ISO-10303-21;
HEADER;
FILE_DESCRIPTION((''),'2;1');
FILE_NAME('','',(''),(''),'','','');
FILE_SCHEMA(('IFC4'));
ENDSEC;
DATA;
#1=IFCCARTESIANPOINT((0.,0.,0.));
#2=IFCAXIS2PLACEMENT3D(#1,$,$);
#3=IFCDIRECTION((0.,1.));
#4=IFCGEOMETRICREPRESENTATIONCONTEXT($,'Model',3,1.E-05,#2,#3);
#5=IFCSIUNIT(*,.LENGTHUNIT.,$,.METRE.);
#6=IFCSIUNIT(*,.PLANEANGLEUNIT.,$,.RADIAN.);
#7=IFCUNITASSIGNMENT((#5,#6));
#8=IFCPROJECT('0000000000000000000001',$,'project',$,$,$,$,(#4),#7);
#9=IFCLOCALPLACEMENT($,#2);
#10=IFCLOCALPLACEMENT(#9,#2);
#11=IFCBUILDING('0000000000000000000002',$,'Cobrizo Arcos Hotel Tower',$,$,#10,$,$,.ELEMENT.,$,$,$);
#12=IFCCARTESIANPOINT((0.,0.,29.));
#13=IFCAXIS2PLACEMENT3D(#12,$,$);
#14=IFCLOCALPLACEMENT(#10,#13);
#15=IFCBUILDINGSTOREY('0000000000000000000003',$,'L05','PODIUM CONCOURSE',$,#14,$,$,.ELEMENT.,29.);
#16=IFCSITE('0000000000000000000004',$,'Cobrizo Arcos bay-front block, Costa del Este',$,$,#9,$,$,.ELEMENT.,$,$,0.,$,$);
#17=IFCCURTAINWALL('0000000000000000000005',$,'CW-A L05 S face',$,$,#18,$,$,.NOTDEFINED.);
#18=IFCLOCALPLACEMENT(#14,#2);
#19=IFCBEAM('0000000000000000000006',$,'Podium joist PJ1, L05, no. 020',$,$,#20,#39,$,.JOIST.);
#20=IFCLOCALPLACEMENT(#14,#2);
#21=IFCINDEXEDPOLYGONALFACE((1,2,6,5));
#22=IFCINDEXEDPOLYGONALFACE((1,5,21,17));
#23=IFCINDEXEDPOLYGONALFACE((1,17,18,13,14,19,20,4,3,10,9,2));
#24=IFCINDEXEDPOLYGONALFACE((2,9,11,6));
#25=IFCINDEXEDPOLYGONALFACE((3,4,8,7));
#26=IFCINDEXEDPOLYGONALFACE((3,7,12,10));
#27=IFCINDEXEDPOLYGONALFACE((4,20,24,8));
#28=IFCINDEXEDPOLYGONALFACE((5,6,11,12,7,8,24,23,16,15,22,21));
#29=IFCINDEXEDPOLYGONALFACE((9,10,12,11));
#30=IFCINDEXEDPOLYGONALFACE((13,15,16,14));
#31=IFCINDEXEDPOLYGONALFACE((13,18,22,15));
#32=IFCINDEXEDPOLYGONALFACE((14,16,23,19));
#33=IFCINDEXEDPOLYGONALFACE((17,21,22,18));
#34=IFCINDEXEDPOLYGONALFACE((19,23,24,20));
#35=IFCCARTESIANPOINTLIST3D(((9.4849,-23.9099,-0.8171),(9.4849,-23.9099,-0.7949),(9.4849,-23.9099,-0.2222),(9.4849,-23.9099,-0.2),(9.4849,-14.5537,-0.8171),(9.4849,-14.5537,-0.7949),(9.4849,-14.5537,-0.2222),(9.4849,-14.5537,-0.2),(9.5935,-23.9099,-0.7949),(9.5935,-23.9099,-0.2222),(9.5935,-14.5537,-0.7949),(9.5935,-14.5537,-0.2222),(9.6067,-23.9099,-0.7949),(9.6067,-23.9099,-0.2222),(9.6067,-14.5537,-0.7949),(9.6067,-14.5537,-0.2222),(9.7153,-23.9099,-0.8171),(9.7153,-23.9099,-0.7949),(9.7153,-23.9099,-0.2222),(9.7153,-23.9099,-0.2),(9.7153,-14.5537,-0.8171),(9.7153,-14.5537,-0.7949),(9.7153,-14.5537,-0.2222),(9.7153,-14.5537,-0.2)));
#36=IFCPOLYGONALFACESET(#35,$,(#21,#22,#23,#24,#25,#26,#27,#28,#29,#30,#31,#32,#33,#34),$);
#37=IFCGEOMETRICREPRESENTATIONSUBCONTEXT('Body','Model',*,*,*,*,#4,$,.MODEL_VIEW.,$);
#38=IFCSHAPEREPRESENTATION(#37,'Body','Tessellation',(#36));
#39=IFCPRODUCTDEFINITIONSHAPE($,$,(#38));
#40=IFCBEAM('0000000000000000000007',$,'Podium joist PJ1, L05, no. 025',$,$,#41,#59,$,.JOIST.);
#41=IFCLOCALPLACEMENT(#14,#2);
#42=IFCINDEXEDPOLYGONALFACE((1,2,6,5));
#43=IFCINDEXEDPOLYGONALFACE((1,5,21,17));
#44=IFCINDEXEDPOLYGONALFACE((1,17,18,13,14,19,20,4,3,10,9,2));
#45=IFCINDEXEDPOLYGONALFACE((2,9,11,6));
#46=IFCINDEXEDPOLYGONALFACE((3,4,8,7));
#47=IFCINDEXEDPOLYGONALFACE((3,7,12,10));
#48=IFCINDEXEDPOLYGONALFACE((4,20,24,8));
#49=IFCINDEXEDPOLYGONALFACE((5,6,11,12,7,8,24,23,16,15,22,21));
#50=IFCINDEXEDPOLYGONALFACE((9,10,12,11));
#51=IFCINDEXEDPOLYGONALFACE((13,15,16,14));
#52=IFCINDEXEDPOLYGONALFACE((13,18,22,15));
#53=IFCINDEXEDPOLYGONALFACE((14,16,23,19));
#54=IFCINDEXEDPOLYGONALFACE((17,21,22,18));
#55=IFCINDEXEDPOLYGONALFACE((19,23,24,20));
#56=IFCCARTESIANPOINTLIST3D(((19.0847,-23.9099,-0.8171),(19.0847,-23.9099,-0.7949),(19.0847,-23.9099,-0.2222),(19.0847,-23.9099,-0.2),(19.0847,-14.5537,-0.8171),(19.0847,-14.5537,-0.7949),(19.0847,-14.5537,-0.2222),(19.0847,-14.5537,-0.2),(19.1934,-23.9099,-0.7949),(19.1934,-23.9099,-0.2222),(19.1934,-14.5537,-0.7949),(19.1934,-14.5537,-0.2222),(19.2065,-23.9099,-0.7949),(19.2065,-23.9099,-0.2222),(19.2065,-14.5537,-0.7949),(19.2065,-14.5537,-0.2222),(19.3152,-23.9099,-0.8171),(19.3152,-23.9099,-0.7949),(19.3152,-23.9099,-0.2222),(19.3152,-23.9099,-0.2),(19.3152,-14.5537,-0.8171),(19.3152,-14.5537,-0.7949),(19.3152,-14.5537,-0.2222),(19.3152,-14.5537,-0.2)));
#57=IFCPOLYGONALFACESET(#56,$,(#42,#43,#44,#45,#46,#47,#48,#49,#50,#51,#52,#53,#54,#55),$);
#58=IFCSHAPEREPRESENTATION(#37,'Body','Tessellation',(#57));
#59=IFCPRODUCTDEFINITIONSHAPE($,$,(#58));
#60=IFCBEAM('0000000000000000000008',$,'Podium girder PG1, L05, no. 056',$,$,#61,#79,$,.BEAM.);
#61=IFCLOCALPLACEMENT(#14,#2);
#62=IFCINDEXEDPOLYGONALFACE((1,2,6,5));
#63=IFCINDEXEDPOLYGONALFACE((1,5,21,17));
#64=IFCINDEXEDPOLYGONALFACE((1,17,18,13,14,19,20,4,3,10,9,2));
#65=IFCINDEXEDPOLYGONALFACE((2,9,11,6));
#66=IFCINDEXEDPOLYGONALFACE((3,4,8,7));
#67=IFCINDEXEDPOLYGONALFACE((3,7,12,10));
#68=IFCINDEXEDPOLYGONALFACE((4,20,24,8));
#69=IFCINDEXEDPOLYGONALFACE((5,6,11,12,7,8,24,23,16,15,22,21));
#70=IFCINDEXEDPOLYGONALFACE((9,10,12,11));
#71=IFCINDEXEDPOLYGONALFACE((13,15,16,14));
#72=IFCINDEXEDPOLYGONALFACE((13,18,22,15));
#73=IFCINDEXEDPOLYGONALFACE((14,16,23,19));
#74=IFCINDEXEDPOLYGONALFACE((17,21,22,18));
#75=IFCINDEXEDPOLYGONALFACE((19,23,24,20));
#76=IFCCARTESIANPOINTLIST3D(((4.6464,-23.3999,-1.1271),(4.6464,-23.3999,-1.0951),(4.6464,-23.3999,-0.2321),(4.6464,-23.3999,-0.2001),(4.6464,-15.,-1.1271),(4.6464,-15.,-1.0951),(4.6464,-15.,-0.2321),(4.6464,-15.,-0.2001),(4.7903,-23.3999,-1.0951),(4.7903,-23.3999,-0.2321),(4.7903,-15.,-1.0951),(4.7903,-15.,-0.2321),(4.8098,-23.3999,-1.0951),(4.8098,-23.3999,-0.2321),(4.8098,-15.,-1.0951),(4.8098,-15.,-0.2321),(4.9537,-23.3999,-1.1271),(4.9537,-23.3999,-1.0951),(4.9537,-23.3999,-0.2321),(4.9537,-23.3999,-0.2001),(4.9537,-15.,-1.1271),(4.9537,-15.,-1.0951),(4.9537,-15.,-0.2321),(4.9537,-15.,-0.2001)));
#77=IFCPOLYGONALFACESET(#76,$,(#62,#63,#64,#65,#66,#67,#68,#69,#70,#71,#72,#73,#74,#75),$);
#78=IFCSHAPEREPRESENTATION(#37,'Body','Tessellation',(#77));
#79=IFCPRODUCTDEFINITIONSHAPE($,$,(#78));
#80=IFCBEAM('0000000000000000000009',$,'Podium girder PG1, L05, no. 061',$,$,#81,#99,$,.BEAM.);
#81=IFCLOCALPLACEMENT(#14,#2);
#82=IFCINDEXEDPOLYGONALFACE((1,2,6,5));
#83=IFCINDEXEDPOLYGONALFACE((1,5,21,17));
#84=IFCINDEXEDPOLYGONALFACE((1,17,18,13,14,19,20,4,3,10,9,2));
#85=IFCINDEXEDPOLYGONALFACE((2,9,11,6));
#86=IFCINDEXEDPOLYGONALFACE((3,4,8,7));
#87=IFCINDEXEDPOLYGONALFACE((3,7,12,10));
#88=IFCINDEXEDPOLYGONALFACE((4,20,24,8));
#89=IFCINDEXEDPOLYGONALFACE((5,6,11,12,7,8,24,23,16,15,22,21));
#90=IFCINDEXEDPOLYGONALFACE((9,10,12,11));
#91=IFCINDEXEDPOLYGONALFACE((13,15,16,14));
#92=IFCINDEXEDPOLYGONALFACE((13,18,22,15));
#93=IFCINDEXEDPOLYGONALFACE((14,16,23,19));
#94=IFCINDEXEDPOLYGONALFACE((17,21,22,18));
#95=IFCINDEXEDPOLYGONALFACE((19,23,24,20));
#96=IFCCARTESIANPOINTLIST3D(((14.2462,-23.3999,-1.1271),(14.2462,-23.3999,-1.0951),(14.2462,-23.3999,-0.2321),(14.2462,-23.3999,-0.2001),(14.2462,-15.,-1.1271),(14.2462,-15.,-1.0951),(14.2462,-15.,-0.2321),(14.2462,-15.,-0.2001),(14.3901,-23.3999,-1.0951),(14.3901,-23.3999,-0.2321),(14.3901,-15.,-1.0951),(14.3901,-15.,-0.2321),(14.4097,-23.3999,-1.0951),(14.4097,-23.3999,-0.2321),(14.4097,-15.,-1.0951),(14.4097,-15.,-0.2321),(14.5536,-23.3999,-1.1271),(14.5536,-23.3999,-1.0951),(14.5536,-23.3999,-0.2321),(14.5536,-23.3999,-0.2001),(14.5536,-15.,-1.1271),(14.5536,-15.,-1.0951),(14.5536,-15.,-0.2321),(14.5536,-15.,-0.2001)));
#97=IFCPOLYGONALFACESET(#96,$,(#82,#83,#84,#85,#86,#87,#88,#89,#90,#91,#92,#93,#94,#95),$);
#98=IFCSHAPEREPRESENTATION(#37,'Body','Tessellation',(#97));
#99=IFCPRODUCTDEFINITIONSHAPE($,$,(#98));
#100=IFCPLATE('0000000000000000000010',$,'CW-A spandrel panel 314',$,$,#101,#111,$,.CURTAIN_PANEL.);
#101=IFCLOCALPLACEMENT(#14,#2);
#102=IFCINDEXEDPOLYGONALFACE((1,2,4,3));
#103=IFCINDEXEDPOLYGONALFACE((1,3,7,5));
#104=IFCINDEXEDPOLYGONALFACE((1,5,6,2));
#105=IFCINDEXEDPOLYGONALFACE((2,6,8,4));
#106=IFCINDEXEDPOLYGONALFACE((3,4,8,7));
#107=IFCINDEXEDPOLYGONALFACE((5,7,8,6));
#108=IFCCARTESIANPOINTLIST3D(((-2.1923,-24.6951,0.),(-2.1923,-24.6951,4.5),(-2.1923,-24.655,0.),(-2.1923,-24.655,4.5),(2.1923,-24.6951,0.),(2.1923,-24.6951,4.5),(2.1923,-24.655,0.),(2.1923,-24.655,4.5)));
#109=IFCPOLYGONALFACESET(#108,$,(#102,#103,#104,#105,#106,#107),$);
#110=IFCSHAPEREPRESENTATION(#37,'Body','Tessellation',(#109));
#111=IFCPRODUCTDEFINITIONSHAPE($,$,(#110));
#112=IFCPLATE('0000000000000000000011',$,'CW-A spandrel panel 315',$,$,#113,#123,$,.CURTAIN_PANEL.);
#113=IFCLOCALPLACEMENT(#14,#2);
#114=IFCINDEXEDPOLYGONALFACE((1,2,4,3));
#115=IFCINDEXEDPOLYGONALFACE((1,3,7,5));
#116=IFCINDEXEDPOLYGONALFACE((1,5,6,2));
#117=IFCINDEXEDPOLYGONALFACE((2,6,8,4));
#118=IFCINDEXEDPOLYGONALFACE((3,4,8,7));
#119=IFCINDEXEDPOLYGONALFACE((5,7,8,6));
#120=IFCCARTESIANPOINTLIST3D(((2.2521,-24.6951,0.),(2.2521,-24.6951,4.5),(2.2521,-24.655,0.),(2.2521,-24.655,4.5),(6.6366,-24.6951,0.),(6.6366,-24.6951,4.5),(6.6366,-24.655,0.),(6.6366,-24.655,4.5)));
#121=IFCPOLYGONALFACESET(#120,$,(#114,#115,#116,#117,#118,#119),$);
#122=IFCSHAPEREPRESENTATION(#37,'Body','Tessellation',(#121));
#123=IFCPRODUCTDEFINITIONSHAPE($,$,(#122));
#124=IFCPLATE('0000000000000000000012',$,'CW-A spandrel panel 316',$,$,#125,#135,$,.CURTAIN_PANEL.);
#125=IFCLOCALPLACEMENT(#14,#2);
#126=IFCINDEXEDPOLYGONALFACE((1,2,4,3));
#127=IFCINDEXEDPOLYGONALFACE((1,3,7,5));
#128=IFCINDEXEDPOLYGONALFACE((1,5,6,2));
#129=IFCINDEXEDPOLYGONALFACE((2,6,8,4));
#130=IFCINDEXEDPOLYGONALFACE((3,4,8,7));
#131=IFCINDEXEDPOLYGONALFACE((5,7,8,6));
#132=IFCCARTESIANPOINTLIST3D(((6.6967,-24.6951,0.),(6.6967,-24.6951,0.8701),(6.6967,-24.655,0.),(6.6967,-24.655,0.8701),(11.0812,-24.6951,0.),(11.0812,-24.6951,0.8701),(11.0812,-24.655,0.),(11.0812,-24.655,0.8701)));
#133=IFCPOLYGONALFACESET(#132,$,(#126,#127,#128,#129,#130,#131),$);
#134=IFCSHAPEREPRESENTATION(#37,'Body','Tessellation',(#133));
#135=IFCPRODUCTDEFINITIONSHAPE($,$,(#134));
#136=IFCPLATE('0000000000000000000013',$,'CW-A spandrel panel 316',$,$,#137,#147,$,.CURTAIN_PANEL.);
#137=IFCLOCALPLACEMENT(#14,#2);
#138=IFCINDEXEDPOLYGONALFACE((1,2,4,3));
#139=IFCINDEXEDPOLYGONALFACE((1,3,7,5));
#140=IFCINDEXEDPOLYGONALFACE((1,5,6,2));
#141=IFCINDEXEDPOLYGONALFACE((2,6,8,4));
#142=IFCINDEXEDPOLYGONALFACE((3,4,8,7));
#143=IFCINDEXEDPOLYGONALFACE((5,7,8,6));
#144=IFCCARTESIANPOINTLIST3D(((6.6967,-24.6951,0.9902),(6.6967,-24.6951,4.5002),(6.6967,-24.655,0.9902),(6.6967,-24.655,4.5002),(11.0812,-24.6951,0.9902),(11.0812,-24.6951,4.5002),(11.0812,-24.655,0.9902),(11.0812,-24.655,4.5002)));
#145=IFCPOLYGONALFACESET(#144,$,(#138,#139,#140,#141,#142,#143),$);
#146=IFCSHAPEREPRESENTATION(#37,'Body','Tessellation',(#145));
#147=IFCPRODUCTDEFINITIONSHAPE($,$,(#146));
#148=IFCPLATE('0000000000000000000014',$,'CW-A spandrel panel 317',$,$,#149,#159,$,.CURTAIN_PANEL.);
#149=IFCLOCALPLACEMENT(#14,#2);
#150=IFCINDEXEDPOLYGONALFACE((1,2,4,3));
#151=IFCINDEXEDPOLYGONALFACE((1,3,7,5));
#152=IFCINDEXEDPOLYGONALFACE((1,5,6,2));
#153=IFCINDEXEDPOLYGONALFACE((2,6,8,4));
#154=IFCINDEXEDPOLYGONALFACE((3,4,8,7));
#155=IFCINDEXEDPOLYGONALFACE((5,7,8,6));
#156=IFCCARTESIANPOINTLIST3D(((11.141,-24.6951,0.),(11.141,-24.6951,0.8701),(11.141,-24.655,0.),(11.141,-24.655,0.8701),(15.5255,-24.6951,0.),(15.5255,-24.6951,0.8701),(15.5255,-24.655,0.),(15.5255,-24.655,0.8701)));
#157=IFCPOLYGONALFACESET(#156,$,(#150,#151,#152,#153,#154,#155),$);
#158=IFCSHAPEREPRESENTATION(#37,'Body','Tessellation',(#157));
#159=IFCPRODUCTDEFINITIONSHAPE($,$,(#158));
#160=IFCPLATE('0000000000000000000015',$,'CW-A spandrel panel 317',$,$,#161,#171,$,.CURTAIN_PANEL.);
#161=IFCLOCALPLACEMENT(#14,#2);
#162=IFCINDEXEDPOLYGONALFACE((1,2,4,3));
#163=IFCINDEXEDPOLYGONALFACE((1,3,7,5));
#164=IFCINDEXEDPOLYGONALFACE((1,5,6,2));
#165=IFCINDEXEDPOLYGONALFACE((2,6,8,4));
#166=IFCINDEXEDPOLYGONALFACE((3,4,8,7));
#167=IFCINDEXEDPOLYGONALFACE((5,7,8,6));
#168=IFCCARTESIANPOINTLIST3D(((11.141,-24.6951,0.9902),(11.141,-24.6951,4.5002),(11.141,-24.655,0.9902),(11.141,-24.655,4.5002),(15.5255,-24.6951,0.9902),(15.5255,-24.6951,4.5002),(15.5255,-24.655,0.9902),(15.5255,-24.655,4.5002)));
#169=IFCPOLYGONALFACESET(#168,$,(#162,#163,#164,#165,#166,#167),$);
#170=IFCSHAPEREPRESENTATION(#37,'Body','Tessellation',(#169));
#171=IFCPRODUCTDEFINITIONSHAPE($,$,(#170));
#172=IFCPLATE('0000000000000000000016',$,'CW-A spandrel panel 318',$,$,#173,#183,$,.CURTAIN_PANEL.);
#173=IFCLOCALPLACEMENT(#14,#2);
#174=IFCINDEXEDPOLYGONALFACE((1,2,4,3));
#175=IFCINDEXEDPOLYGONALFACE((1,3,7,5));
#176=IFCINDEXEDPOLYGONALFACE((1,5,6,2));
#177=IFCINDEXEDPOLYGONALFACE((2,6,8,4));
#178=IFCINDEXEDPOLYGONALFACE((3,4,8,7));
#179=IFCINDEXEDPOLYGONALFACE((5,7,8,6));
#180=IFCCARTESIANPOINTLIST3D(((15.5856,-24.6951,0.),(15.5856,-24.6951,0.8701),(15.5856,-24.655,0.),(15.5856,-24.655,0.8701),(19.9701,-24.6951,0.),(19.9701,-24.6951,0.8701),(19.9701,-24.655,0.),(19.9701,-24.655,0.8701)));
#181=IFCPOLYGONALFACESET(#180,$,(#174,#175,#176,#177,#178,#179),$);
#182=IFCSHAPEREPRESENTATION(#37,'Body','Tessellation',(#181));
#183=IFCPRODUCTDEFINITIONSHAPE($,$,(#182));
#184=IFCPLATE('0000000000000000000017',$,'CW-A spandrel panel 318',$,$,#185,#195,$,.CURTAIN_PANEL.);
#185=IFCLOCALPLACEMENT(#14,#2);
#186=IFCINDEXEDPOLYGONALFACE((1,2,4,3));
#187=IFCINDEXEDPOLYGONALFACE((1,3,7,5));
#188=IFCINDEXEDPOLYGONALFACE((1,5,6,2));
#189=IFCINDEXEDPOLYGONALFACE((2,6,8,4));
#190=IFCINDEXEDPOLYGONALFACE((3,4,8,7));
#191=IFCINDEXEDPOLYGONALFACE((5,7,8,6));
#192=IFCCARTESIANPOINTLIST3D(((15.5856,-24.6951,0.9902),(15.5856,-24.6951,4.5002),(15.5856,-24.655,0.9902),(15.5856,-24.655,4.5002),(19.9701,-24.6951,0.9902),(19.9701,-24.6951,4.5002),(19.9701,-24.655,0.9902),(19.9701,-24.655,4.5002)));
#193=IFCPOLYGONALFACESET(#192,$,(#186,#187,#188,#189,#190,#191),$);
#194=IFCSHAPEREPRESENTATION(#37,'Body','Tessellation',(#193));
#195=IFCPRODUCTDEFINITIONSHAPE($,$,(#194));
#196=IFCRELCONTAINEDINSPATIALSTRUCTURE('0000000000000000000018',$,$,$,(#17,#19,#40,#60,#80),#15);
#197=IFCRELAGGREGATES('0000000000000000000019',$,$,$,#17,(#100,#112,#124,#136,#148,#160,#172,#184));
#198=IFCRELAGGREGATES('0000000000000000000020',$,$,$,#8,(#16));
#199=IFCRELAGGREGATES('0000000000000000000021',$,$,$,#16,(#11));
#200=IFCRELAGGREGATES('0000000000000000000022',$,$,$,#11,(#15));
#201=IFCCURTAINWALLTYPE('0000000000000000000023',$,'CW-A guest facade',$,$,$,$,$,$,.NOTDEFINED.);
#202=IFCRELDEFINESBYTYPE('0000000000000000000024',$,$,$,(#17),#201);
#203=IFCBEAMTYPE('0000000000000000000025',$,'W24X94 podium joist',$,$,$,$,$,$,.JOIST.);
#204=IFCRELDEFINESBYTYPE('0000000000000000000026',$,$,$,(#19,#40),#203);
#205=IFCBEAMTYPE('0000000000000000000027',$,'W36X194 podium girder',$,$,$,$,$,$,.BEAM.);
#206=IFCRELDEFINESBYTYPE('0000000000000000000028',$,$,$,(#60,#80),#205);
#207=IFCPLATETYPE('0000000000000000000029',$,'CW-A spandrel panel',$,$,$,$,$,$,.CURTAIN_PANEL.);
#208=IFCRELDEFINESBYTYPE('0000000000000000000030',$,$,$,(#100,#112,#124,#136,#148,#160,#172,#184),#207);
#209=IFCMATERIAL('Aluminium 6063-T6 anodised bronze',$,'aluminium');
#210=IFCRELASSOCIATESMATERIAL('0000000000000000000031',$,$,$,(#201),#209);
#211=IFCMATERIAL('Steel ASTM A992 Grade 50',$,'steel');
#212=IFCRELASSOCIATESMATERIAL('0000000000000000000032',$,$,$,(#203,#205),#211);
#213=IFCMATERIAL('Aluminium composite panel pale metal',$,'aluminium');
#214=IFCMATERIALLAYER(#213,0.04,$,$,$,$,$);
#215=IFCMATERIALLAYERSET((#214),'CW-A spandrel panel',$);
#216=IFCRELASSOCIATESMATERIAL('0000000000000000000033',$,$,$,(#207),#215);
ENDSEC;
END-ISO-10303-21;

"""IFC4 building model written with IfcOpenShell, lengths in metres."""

from ifc_helpers import new_model, si_unit, direction, frame, origin, origin_2d, place, context, subcontext, project, spatial, rectangle, i_section, extrude, material, layer, layer_set, material_profile, profile_set, type_object, element, aggregate, save


model = new_model("IFC4")

# Units and contexts
model_context = context("Model", 3, precision=1e-05, world=origin(), true_north=direction((0.0, 1.0)))
body_context = subcontext(model_context, "Body", "Model", "MODEL_VIEW")
ifc_project = project(units=[si_unit("LENGTHUNIT", "METRE"), si_unit("PLANEANGLEUNIT", "RADIAN")], contexts=[model_context])

# Site, building, storey
site_placement = place(None, origin())
site = spatial("IfcSite", under=ifc_project, at=site_placement, Name="Cobrizo Arcos bay-front block, Costa del Este", CompositionType="ELEMENT", RefElevation=0.0)
building_placement = place(site_placement, origin())
building = spatial("IfcBuilding", under=site, at=building_placement, Name="Cobrizo Arcos Hotel Tower", CompositionType="ELEMENT")
storey_placement = place(building_placement, frame((0.0, 0.0, 29.0)))
storey = spatial("IfcBuildingStorey", under=building, at=storey_placement, Name="L05", Description="PODIUM CONCOURSE", CompositionType="ELEMENT", Elevation=29.0)

# Curtain wall
ifc_material_1 = material(Name="Aluminium 6063-T6 anodised bronze", Category="aluminium")
curtain_wall_type = type_object("IfcCurtainWallType", Name="CW-A guest facade", PredefinedType="NOTDEFINED", material=ifc_material_1)
curtain_wall_placement = place(storey_placement, origin())
curtain_wall = element("IfcCurtainWall", 1, at=curtain_wall_placement, inside=storey, type_object=curtain_wall_type, Name="CW-A L05 S face", PredefinedType="NOTDEFINED")

# Beams
ifc_material_2 = material(Name="Steel ASTM A992 Grade 50", Category="steel")
ifc_material_profile_1 = material_profile(ifc_material_2, i_section(OverallWidth=0.2305, OverallDepth=0.6172, WebThickness=0.0132, FlangeThickness=0.0222, at=origin_2d()), Name="W24X94")
ifc_profile_set_1 = profile_set([ifc_material_profile_1], Name="Steel ASTM A992 Grade 50")
beam_type_1 = type_object("IfcBeamType", Name="W24X94 podium joist", PredefinedType="JOIST", material=ifc_profile_set_1)
for number, where, z_axis, x_axis, name in (
    (2, (9.6001, -23.9099, -0.5085), (0.0, 1.0, 0.0), (-1.0, 0.0, 0.0), "Podium joist PJ1, L05, no. 020"),
    (3, (19.2, -23.9099, -0.5085), (0.0, 1.0, 0.0), (-1.0, 0.0, 0.0), "Podium joist PJ1, L05, no. 025"),
):
    element("IfcBeam", number, at=place(storey_placement, frame(where, z_axis=z_axis, x_axis=x_axis)), inside=storey, type_object=beam_type_1, Name=name, PredefinedType="JOIST", context=body_context, shape_type="SweptSolid", body=[
        extrude(i_section(OverallWidth=0.2305, OverallDepth=0.6172, WebThickness=0.0132, FlangeThickness=0.0222, at=origin_2d()), origin(), (0.0, 0.0, 1.0), 9.3562),
    ])
ifc_material_profile_2 = material_profile(ifc_material_2, i_section(OverallWidth=0.3074, OverallDepth=0.927, WebThickness=0.0195, FlangeThickness=0.032, at=origin_2d()), Name="W36X194")
ifc_profile_set_2 = profile_set([ifc_material_profile_2], Name="Steel ASTM A992 Grade 50")
beam_type_2 = type_object("IfcBeamType", Name="W36X194 podium girder", PredefinedType="BEAM", material=ifc_profile_set_2)
for number, where, z_axis, x_axis, name in (
    (4, (4.8, -23.3999, -0.6636), (0.0, 1.0, 0.0), (-1.0, 0.0, 0.0), "Podium girder PG1, L05, no. 056"),
    (5, (14.3999, -23.3999, -0.6636), (0.0, 1.0, 0.0), (-1.0, 0.0, 0.0), "Podium girder PG1, L05, no. 061"),
):
    element("IfcBeam", number, at=place(storey_placement, frame(where, z_axis=z_axis, x_axis=x_axis)), inside=storey, type_object=beam_type_2, Name=name, PredefinedType="BEAM", context=body_context, shape_type="SweptSolid", body=[
        extrude(i_section(OverallWidth=0.3074, OverallDepth=0.927, WebThickness=0.0195, FlangeThickness=0.032, at=origin_2d()), origin(), (0.0, 0.0, 1.0), 8.3999),
    ])

# Plates
ifc_material_3 = material(Name="Aluminium composite panel pale metal", Category="aluminium")
ifc_layer_1 = layer(ifc_material_3, 0.04)
ifc_layer_set_1 = layer_set([ifc_layer_1], Name="CW-A spandrel panel")
plate_type = type_object("IfcPlateType", Name="CW-A spandrel panel", PredefinedType="CURTAIN_PANEL", material=ifc_layer_set_1)
plate_1_placement = place(storey_placement, frame((0.0, -24.675, 0.0), z_axis=(0.0, 0.0, 1.0), x_axis=(1.0, 0.0, 0.0)))
plate_1 = element("IfcPlate", 6, at=plate_1_placement, type_object=plate_type, Name="CW-A spandrel panel 314", PredefinedType="CURTAIN_PANEL", context=body_context, shape_type="SweptSolid", body=[
    extrude(rectangle(XDim=4.3845, YDim=0.04, at=origin_2d()), origin(), (0.0, 0.0, 1.0), 4.5),
])
plate_2_placement = place(storey_placement, frame((4.4443, -24.675, 0.0), z_axis=(0.0, 0.0, 1.0), x_axis=(1.0, 0.0, 0.0)))
plate_2 = element("IfcPlate", 7, at=plate_2_placement, type_object=plate_type, Name="CW-A spandrel panel 315", PredefinedType="CURTAIN_PANEL", context=body_context, shape_type="SweptSolid", body=[
    extrude(rectangle(XDim=4.3845, YDim=0.04, at=origin_2d()), origin(), (0.0, 0.0, 1.0), 4.5),
])
plate_3_placement = place(storey_placement, frame((8.8889, -24.675, 0.0), z_axis=(0.0, 0.0, 1.0), x_axis=(1.0, 0.0, 0.0)))
plate_3 = element("IfcPlate", 8, at=plate_3_placement, type_object=plate_type, Name="CW-A spandrel panel 316", PredefinedType="CURTAIN_PANEL", context=body_context, shape_type="SweptSolid", body=[
    extrude(rectangle(XDim=4.3845, YDim=0.04, at=origin_2d()), origin(), (0.0, 0.0, 1.0), 0.8701),
])
plate_4_placement = place(storey_placement, frame((8.8889, -24.675, 0.9902), z_axis=(0.0, 0.0, 1.0), x_axis=(1.0, 0.0, 0.0)))
plate_4 = element("IfcPlate", 9, at=plate_4_placement, type_object=plate_type, Name="CW-A spandrel panel 316", PredefinedType="CURTAIN_PANEL", context=body_context, shape_type="SweptSolid", body=[
    extrude(rectangle(XDim=4.3845, YDim=0.04, at=origin_2d()), origin(), (0.0, 0.0, 1.0), 3.51),
])
plate_5_placement = place(storey_placement, frame((13.3333, -24.675, 0.0), z_axis=(0.0, 0.0, 1.0), x_axis=(1.0, 0.0, 0.0)))
plate_5 = element("IfcPlate", 10, at=plate_5_placement, type_object=plate_type, Name="CW-A spandrel panel 317", PredefinedType="CURTAIN_PANEL", context=body_context, shape_type="SweptSolid", body=[
    extrude(rectangle(XDim=4.3845, YDim=0.04, at=origin_2d()), origin(), (0.0, 0.0, 1.0), 0.8701),
])
plate_6_placement = place(storey_placement, frame((13.3333, -24.675, 0.9902), z_axis=(0.0, 0.0, 1.0), x_axis=(1.0, 0.0, 0.0)))
plate_6 = element("IfcPlate", 11, at=plate_6_placement, type_object=plate_type, Name="CW-A spandrel panel 317", PredefinedType="CURTAIN_PANEL", context=body_context, shape_type="SweptSolid", body=[
    extrude(rectangle(XDim=4.3845, YDim=0.04, at=origin_2d()), origin(), (0.0, 0.0, 1.0), 3.51),
])
plate_7_placement = place(storey_placement, frame((17.7778, -24.675, 0.0), z_axis=(0.0, 0.0, 1.0), x_axis=(1.0, 0.0, 0.0)))
plate_7 = element("IfcPlate", 12, at=plate_7_placement, type_object=plate_type, Name="CW-A spandrel panel 318", PredefinedType="CURTAIN_PANEL", context=body_context, shape_type="SweptSolid", body=[
    extrude(rectangle(XDim=4.3845, YDim=0.04, at=origin_2d()), origin(), (0.0, 0.0, 1.0), 0.8701),
])
plate_8_placement = place(storey_placement, frame((17.7778, -24.675, 0.9902), z_axis=(0.0, 0.0, 1.0), x_axis=(1.0, 0.0, 0.0)))
plate_8 = element("IfcPlate", 13, at=plate_8_placement, type_object=plate_type, Name="CW-A spandrel panel 318", PredefinedType="CURTAIN_PANEL", context=body_context, shape_type="SweptSolid", body=[
    extrude(rectangle(XDim=4.3845, YDim=0.04, at=origin_2d()), origin(), (0.0, 0.0, 1.0), 3.51),
])
aggregate(curtain_wall, [plate_1, plate_2, plate_3, plate_4, plate_5, plate_6, plate_7, plate_8])

save(model, "model.ifc")
